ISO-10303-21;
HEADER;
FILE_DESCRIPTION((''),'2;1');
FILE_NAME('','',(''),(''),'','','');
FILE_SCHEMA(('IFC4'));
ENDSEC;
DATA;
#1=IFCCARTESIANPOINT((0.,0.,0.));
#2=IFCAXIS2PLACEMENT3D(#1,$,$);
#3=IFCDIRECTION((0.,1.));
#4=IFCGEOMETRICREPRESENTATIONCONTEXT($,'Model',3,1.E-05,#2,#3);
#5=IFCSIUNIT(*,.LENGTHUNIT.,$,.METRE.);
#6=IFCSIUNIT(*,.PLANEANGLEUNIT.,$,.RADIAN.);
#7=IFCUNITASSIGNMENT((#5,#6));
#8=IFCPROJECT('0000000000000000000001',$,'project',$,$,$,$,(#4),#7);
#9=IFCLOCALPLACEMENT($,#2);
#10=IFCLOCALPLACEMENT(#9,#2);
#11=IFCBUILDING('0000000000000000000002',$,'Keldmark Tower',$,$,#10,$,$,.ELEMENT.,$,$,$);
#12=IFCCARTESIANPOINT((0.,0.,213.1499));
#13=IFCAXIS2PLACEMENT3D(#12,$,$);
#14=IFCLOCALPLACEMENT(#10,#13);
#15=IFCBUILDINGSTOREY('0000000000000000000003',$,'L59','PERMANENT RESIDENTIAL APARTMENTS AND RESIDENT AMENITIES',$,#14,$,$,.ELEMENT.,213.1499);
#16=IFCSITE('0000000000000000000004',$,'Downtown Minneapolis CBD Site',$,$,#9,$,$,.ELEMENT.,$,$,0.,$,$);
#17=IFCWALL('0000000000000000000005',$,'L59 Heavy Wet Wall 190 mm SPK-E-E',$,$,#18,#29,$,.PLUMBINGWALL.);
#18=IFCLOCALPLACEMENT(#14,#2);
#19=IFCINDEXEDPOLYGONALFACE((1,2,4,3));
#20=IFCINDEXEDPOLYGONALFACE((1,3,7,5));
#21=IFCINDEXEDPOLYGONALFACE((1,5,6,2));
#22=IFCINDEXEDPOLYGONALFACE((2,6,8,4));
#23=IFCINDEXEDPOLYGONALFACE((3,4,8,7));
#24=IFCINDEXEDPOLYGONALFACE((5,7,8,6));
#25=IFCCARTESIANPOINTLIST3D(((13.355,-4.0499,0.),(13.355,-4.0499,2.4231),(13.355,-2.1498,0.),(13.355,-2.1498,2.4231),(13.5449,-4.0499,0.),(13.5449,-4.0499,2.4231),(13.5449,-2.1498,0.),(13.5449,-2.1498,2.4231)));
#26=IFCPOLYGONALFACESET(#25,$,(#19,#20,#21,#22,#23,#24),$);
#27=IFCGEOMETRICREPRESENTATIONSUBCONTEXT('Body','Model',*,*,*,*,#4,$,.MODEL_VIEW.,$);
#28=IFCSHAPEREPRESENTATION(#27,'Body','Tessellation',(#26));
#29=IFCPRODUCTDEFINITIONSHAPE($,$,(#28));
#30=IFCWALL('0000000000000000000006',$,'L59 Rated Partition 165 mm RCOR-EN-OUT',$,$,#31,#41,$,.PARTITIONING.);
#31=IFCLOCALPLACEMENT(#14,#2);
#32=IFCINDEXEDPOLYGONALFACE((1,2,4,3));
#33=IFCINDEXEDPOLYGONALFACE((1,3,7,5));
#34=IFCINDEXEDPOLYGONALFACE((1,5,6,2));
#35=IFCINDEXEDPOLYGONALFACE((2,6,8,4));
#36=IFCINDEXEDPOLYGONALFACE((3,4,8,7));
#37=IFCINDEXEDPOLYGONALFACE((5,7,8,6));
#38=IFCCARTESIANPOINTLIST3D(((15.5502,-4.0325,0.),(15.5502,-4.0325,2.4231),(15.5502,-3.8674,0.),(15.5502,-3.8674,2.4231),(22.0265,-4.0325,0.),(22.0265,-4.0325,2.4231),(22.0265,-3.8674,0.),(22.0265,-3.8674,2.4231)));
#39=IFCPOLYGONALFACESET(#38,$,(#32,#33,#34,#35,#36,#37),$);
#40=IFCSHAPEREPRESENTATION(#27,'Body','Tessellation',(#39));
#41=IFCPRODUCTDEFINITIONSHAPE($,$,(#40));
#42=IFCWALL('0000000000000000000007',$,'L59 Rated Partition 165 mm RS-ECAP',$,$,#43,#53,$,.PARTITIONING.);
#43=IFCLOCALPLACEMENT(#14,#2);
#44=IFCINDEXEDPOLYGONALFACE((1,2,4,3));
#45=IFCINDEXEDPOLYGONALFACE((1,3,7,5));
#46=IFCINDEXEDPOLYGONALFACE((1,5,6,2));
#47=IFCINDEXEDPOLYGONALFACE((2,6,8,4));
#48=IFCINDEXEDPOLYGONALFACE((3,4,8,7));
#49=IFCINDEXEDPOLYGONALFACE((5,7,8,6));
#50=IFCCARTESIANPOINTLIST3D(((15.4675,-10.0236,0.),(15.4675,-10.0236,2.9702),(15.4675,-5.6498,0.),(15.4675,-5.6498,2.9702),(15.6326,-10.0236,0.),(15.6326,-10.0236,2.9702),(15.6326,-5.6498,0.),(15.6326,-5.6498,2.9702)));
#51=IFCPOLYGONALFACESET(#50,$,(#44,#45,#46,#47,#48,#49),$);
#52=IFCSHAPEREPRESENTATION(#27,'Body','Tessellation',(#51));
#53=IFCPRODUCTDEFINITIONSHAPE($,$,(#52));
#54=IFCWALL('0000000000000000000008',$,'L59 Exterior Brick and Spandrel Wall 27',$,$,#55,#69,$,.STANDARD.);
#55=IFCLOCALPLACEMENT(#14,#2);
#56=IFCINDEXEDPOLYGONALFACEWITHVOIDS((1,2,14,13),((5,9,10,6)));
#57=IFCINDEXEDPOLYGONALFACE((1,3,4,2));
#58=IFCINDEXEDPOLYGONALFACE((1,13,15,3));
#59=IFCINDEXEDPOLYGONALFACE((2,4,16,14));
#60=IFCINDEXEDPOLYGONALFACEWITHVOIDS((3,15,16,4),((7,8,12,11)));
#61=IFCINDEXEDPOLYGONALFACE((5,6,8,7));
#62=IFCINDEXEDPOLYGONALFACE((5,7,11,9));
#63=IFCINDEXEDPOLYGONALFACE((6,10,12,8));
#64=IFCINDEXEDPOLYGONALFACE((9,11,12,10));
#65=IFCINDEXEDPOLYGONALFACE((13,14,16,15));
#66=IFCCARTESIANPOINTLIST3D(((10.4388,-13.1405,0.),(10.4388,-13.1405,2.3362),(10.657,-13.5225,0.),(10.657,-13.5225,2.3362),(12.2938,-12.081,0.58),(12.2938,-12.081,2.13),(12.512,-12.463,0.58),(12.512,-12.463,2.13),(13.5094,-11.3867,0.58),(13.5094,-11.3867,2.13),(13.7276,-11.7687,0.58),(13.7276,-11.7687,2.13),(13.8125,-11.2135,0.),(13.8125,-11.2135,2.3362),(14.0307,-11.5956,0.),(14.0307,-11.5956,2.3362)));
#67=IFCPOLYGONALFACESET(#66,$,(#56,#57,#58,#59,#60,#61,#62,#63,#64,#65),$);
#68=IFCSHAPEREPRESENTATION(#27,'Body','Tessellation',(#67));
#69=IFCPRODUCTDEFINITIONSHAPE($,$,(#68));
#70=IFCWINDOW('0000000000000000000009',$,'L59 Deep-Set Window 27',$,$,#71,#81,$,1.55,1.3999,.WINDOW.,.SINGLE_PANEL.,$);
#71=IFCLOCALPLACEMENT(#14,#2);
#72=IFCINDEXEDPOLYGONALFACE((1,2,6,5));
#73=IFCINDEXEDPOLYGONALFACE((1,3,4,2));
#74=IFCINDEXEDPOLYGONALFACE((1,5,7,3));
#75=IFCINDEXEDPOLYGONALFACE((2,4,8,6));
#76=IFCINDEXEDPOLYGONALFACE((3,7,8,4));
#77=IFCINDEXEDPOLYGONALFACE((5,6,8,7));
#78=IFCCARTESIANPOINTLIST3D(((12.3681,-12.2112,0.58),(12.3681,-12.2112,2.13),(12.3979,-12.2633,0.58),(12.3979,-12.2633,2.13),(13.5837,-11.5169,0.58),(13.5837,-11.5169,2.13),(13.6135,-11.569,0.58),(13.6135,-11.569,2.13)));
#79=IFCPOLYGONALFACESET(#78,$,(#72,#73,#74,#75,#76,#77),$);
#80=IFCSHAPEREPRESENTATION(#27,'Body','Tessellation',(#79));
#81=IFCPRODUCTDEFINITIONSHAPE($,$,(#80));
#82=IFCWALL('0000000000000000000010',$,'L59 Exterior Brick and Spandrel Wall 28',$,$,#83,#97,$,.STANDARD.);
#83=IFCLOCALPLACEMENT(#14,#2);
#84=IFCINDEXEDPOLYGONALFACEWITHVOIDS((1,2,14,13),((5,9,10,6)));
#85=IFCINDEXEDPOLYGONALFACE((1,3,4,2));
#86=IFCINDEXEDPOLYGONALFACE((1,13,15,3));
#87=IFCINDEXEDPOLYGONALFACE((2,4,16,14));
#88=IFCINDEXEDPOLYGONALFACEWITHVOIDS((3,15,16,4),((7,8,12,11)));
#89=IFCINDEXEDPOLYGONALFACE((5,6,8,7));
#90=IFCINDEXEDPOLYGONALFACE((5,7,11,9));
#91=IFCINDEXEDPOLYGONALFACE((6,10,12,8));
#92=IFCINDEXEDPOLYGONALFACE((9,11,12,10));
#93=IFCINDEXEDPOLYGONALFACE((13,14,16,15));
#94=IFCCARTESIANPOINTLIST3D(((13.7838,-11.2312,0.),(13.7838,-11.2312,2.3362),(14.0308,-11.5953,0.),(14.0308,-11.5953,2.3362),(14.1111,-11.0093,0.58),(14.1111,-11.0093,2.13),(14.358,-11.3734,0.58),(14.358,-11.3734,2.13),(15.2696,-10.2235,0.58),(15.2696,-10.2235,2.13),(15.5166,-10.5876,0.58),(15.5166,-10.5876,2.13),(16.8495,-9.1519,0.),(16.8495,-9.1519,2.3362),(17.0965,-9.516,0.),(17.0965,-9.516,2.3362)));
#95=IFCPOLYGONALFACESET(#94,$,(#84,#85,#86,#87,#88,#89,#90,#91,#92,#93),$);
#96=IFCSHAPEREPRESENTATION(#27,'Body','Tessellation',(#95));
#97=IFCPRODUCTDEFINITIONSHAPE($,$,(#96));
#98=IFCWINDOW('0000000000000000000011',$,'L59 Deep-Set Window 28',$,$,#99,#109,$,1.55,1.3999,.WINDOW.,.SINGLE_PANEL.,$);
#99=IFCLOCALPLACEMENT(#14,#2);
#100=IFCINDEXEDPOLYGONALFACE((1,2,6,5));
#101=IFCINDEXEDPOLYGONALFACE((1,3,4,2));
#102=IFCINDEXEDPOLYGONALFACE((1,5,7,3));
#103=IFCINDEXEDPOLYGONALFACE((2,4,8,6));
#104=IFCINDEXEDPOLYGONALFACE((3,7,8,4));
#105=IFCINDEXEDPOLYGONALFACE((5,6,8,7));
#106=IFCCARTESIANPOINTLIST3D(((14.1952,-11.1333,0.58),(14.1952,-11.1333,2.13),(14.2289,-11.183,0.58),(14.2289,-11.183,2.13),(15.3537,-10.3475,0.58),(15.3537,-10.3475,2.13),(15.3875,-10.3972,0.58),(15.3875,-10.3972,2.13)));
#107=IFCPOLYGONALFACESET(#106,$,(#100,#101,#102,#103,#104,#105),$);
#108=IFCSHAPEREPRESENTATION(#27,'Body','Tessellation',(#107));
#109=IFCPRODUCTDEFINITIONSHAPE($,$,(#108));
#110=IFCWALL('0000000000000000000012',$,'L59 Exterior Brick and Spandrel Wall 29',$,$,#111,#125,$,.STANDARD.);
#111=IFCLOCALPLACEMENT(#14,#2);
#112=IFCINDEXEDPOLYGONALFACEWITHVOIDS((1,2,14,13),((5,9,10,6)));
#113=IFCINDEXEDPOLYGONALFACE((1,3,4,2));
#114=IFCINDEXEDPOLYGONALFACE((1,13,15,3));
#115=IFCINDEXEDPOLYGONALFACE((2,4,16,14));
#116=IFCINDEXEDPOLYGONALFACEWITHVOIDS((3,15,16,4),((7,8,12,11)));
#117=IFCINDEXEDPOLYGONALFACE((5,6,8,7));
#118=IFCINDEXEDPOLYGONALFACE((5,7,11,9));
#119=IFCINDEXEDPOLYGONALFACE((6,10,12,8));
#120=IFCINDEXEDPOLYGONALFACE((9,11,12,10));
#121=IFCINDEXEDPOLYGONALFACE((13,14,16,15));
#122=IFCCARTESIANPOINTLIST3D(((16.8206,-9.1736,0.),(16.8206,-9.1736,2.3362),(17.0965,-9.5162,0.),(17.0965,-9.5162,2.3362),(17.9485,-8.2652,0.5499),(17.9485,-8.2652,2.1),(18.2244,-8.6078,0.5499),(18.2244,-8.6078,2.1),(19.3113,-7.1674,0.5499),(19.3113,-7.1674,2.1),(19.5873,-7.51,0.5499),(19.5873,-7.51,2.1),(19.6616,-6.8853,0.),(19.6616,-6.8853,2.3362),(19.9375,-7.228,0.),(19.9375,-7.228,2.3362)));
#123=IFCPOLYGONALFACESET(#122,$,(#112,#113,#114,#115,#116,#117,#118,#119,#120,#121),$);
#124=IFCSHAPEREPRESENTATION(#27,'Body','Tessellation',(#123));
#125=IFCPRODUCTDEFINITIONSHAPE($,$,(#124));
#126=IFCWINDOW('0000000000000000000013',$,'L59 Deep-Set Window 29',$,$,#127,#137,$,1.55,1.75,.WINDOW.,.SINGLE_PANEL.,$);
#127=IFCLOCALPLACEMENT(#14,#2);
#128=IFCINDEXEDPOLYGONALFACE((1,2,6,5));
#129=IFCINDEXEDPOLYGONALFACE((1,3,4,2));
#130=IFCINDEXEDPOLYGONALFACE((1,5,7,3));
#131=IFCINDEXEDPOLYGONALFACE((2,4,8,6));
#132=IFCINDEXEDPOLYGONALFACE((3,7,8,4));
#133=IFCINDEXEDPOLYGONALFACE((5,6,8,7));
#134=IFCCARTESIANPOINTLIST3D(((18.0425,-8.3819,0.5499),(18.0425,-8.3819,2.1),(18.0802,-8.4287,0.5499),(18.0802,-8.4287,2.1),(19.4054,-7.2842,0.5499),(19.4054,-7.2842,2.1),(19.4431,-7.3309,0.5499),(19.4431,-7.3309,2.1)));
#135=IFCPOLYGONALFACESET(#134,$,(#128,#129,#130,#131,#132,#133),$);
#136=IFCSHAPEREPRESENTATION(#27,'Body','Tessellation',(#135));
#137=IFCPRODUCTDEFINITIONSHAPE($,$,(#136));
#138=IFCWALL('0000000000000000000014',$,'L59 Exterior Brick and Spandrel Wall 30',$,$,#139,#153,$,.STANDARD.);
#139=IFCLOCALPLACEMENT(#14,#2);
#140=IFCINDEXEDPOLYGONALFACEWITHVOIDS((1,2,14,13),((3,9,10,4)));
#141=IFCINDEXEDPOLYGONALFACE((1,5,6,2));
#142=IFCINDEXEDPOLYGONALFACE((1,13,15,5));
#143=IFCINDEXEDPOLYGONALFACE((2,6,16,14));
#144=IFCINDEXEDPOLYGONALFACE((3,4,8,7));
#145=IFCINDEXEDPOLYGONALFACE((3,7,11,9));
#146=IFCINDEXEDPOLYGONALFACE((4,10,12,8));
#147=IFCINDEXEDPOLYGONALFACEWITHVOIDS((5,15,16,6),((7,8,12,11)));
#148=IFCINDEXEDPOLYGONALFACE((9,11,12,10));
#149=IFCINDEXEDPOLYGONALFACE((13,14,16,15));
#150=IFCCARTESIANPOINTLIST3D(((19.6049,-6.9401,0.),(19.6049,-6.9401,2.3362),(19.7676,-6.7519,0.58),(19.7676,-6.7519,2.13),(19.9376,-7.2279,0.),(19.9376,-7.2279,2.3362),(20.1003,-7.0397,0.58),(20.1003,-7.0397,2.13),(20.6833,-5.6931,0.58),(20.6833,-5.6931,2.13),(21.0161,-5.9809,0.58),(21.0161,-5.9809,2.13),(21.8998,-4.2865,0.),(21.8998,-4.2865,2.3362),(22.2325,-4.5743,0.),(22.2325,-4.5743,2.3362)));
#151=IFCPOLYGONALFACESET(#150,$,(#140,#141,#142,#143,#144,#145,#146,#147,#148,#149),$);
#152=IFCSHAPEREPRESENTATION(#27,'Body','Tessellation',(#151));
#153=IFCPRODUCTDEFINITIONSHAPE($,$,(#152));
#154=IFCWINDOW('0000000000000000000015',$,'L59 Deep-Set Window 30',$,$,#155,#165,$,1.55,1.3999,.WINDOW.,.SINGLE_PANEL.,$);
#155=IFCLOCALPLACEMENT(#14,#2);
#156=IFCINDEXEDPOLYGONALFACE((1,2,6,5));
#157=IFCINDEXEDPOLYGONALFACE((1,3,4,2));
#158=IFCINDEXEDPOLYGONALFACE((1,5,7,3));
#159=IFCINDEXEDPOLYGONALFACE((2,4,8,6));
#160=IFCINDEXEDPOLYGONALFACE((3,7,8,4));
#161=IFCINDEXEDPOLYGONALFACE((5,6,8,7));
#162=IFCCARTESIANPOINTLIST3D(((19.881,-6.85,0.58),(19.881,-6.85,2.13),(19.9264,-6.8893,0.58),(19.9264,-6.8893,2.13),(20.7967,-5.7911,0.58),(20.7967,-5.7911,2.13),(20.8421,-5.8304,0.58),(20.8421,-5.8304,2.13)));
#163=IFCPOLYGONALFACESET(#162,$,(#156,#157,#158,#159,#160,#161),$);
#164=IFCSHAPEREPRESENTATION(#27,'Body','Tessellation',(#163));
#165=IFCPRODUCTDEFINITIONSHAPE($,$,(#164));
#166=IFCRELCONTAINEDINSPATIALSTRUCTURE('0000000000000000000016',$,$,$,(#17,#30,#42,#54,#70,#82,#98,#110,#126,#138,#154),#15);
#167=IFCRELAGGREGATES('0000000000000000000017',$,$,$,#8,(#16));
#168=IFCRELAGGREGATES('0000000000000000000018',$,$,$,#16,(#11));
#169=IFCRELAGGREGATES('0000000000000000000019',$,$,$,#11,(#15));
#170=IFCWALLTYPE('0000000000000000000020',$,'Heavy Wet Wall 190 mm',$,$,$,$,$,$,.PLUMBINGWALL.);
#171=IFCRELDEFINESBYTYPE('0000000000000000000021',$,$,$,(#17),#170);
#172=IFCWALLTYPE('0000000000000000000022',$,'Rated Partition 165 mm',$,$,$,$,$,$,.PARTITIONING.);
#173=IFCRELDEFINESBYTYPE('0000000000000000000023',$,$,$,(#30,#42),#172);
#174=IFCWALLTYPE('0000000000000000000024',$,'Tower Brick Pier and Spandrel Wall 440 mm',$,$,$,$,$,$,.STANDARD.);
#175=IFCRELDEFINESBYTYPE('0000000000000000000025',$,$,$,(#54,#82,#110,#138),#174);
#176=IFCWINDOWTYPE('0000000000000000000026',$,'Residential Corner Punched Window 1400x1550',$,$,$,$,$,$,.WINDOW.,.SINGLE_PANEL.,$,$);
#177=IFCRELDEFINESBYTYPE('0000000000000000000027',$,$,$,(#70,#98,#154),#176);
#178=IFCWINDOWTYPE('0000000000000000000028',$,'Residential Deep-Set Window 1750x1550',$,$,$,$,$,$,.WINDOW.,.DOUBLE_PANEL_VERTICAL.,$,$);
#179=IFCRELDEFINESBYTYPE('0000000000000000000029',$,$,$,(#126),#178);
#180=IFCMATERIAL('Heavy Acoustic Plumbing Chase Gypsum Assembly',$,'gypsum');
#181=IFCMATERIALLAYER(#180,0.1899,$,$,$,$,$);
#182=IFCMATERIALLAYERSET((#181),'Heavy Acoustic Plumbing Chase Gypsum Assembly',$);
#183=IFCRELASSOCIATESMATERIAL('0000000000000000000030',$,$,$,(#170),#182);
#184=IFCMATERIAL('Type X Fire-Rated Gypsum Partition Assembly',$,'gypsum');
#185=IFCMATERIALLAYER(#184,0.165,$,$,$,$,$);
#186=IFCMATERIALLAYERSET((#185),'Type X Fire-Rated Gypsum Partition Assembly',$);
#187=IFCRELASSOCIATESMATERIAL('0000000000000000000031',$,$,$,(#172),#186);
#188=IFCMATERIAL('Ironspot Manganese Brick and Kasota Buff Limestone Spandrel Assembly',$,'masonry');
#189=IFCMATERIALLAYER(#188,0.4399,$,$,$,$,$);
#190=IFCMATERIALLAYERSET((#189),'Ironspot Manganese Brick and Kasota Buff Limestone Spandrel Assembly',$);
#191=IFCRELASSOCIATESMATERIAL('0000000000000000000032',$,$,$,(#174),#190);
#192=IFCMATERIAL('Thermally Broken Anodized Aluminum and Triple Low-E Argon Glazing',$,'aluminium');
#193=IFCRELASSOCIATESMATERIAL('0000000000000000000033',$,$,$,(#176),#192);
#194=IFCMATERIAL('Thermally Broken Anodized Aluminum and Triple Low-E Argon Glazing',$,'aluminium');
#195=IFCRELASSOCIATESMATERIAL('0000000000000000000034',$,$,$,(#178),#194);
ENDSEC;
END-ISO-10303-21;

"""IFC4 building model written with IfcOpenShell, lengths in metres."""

from ifc_helpers import new_model, si_unit, direction, frame, frame_2d, origin, place, context, subcontext, project, spatial, rectangle, extrude, material, layer, layer_set, type_object, element, fill, save


model = new_model("IFC4")

# Units and contexts
model_context = context("Model", 3, precision=1e-05, world=origin(), true_north=direction((0.0, 1.0)))
body_context = subcontext(model_context, "Body", "Model", "MODEL_VIEW")
ifc_project = project(units=[si_unit("LENGTHUNIT", "METRE"), si_unit("PLANEANGLEUNIT", "RADIAN")], contexts=[model_context])

# Site, building, storey
site_placement = place(None, origin())
site = spatial("IfcSite", under=ifc_project, at=site_placement, Name="Downtown Minneapolis CBD Site", CompositionType="ELEMENT", RefElevation=0.0)
building_placement = place(site_placement, origin())
building = spatial("IfcBuilding", under=site, at=building_placement, Name="Keldmark Tower", CompositionType="ELEMENT")
storey_placement = place(building_placement, frame((0.0, 0.0, 213.1499)))
storey = spatial("IfcBuildingStorey", under=building, at=storey_placement, Name="L59", Description="PERMANENT RESIDENTIAL APARTMENTS AND RESIDENT AMENITIES", CompositionType="ELEMENT", Elevation=213.1499)

# Walls
ifc_material_1 = material(Name="Heavy Acoustic Plumbing Chase Gypsum Assembly", Category="gypsum")
ifc_layer_1 = layer(ifc_material_1, 0.1899)
ifc_layer_set_1 = layer_set([ifc_layer_1], Name="Heavy Acoustic Plumbing Chase Gypsum Assembly")
wall_type_1 = type_object("IfcWallType", Name="Heavy Wet Wall 190 mm", PredefinedType="PLUMBINGWALL", material=ifc_layer_set_1)
wall_1_placement = place(storey_placement, frame((13.45, -4.05, 0.0), z_axis=(0.0, 0.0, 1.0), x_axis=(0.0, 1.0, 0.0)))
element("IfcWall", 1, at=wall_1_placement, inside=storey, type_object=wall_type_1, Name="L59 Heavy Wet Wall 190 mm SPK-E-E", PredefinedType="PLUMBINGWALL", context=body_context, shape_type="SweptSolid", body=[
    extrude(rectangle(XDim=1.9001, YDim=0.1899, at=frame_2d((0.9502, 0.0))), origin(), (0.0, 0.0, 1.0), 2.4231),
])
ifc_material_2 = material(Name="Type X Fire-Rated Gypsum Partition Assembly", Category="gypsum")
ifc_layer_2 = layer(ifc_material_2, 0.165)
ifc_layer_set_2 = layer_set([ifc_layer_2], Name="Type X Fire-Rated Gypsum Partition Assembly")
wall_type_2 = type_object("IfcWallType", Name="Rated Partition 165 mm", PredefinedType="PARTITIONING", material=ifc_layer_set_2)
wall_2_placement = place(storey_placement, frame((15.55, -3.95, 0.0), z_axis=(0.0, 0.0, 1.0), x_axis=(1.0, 0.0, 0.0)))
element("IfcWall", 2, at=wall_2_placement, inside=storey, type_object=wall_type_2, Name="L59 Rated Partition 165 mm RCOR-EN-OUT", PredefinedType="PARTITIONING", context=body_context, shape_type="SweptSolid", body=[
    extrude(rectangle(XDim=6.4763, YDim=0.165, at=frame_2d((3.2383, 0.0))), origin(), (0.0, 0.0, 1.0), 2.4231),
])

# Wall
wall_3_placement = place(storey_placement, frame((15.55, -10.0237, 0.0), z_axis=(0.0, 0.0, 1.0), x_axis=(0.0, 1.0, 0.0)))
element("IfcWall", 3, at=wall_3_placement, inside=storey, type_object=wall_type_2, Name="L59 Rated Partition 165 mm RS-ECAP", PredefinedType="PARTITIONING", context=body_context, shape_type="SweptSolid", body=[
    extrude(rectangle(XDim=4.3738, YDim=0.165, at=frame_2d((2.187, 0.0))), origin(), (0.0, 0.0, 1.0), 2.9702),
])

# Walls, openings, windows
ifc_material_3 = material(Name="Ironspot Manganese Brick and Kasota Buff Limestone Spandrel Assembly", Category="masonry")
ifc_layer_3 = layer(ifc_material_3, 0.4399)
ifc_layer_set_3 = layer_set([ifc_layer_3], Name="Ironspot Manganese Brick and Kasota Buff Limestone Spandrel Assembly")
wall_type_3 = type_object("IfcWallType", Name="Tower Brick Pier and Spandrel Wall 440 mm", PredefinedType="STANDARD", material=ifc_layer_set_3)
wall_4_placement = place(storey_placement, frame((13.9216, -11.4045, 0.0), z_axis=(0.0, 0.0, 1.0), x_axis=(-0.86834, -0.49597, 0.0)))
wall_4 = element("IfcWall", 4, at=wall_4_placement, inside=storey, type_object=wall_type_3, Name="L59 Exterior Brick and Spandrel Wall 27", PredefinedType="STANDARD", context=body_context, shape_type="SweptSolid", body=[
    extrude(rectangle(XDim=3.8853, YDim=0.4399, at=frame_2d((1.9426, 0.0))), origin(), (0.0, 0.0, 1.0), 2.3362),
])
opening_1_placement = place(wall_4_placement, frame((0.3491, 0.0, 0.5801)))
opening_1 = element("IfcOpeningElement", 5, at=opening_1_placement, cuts=wall_4, PredefinedType="OPENING", context=body_context, shape_type="SweptSolid", body=[
    extrude(rectangle(XDim=1.3999, YDim=1.55, at=frame_2d((0.7, 0.7749))), frame((0.0, 0.23, 0.0), z_axis=(0.0, -1.0, 0.0), x_axis=(1.0, 0.0, 0.0)), (0.0, 0.0, 1.0), 0.46),
])
ifc_material_4 = material(Name="Thermally Broken Anodized Aluminum and Triple Low-E Argon Glazing", Category="aluminium")
window_type_1 = type_object("IfcWindowType", Name="Residential Corner Punched Window 1400x1550", PartitioningType="SINGLE_PANEL", PredefinedType="WINDOW", material=ifc_material_4)
window_1_placement = place(opening_1_placement, origin())
window_1 = element("IfcWindow", 6, at=window_1_placement, inside=storey, type_object=window_type_1, Name="L59 Deep-Set Window 27", OverallHeight=1.55, OverallWidth=1.3999, PartitioningType="SINGLE_PANEL", PredefinedType="WINDOW", context=body_context, shape_type="SweptSolid", body=[
    extrude(rectangle(XDim=1.3999, YDim=1.55, at=frame_2d((0.7, 0.7749))), frame((0.0, -0.01, 0.0), z_axis=(0.0, -1.0, 0.0), x_axis=(1.0, 0.0, 0.0)), (0.0, 0.0, 1.0), 0.0601),
])
fill(opening_1, window_1)
wall_5_placement = place(storey_placement, frame((16.9729, -9.334, 0.0), z_axis=(0.0, 0.0, 1.0), x_axis=(-0.827593, -0.561329, 0.0)))
wall_5 = element("IfcWall", 7, at=wall_5_placement, inside=storey, type_object=wall_type_3, Name="L59 Exterior Brick and Spandrel Wall 28", PredefinedType="STANDARD", context=body_context, shape_type="SweptSolid", body=[
    extrude(rectangle(XDim=3.7043, YDim=0.4399, at=frame_2d((1.8521, 0.0))), origin(), (0.0, 0.0, 1.0), 2.3362),
])
opening_2_placement = place(wall_5_placement, frame((1.9089, 0.0, 0.5801)))
opening_2 = element("IfcOpeningElement", 8, at=opening_2_placement, cuts=wall_5, PredefinedType="OPENING", context=body_context, shape_type="SweptSolid", body=[
    extrude(rectangle(XDim=1.3999, YDim=1.55, at=frame_2d((0.7, 0.7749))), frame((0.0, 0.23, 0.0), z_axis=(0.0, -1.0, 0.0), x_axis=(1.0, 0.0, 0.0)), (0.0, 0.0, 1.0), 0.46),
])
window_2_placement = place(opening_2_placement, origin())
window_2 = element("IfcWindow", 9, at=window_2_placement, inside=storey, type_object=window_type_1, Name="L59 Deep-Set Window 28", OverallHeight=1.55, OverallWidth=1.3999, PartitioningType="SINGLE_PANEL", PredefinedType="WINDOW", context=body_context, shape_type="SweptSolid", body=[
    extrude(rectangle(XDim=1.3999, YDim=1.55, at=frame_2d((0.7, 0.7749))), frame((0.0, -0.01, 0.0), z_axis=(0.0, -1.0, 0.0), x_axis=(1.0, 0.0, 0.0)), (0.0, 0.0, 1.0), 0.0601),
])
fill(opening_2, window_2)
wall_6_placement = place(storey_placement, frame((19.7996, -7.0566, 0.0), z_axis=(0.0, 0.0, 1.0), x_axis=(-0.778795, -0.627279, 0.0)))
wall_6 = element("IfcWall", 10, at=wall_6_placement, inside=storey, type_object=wall_type_3, Name="L59 Exterior Brick and Spandrel Wall 29", PredefinedType="STANDARD", context=body_context, shape_type="SweptSolid", body=[
    extrude(rectangle(XDim=3.6479, YDim=0.4399, at=frame_2d((1.824, 0.0))), origin(), (0.0, 0.0, 1.0), 2.3362),
])
opening_3_placement = place(wall_6_placement, frame((0.4497, 0.0, 0.55)))
opening_3 = element("IfcOpeningElement", 11, at=opening_3_placement, cuts=wall_6, PredefinedType="OPENING", context=body_context, shape_type="SweptSolid", body=[
    extrude(rectangle(XDim=1.75, YDim=1.55, at=frame_2d((0.875, 0.7749))), frame((0.0, 0.23, 0.0), z_axis=(0.0, -1.0, 0.0), x_axis=(1.0, 0.0, 0.0)), (0.0, 0.0, 1.0), 0.46),
])
ifc_material_5 = material(Name="Thermally Broken Anodized Aluminum and Triple Low-E Argon Glazing", Category="aluminium")
window_type_2 = type_object("IfcWindowType", Name="Residential Deep-Set Window 1750x1550", PartitioningType="DOUBLE_PANEL_VERTICAL", PredefinedType="WINDOW", material=ifc_material_5)
window_3_placement = place(opening_3_placement, origin())
window_3 = element("IfcWindow", 12, at=window_3_placement, inside=storey, type_object=window_type_2, Name="L59 Deep-Set Window 29", OverallHeight=1.55, OverallWidth=1.75, PartitioningType="SINGLE_PANEL", PredefinedType="WINDOW", context=body_context, shape_type="SweptSolid", body=[
    extrude(rectangle(XDim=1.75, YDim=1.55, at=frame_2d((0.875, 0.7749))), frame((0.0, -0.01, 0.0), z_axis=(0.0, -1.0, 0.0), x_axis=(1.0, 0.0, 0.0)), (0.0, 0.0, 1.0), 0.0601),
])
fill(opening_3, window_3)
wall_7_placement = place(storey_placement, frame((22.0662, -4.4304, 0.0), z_axis=(0.0, 0.0, 1.0), x_axis=(-0.654143, -0.756371, 0.0)))
wall_7 = element("IfcWall", 13, at=wall_7_placement, inside=storey, type_object=wall_type_3, Name="L59 Exterior Brick and Spandrel Wall 30", PredefinedType="STANDARD", context=body_context, shape_type="SweptSolid", body=[
    extrude(rectangle(XDim=3.5083, YDim=0.4399, at=frame_2d((1.7542, 0.0))), origin(), (0.0, 0.0, 1.0), 2.3362),
])
opening_4_placement = place(wall_7_placement, frame((1.8596, 0.0, 0.5801)))
opening_4 = element("IfcOpeningElement", 14, at=opening_4_placement, cuts=wall_7, PredefinedType="OPENING", context=body_context, shape_type="SweptSolid", body=[
    extrude(rectangle(XDim=1.3999, YDim=1.55, at=frame_2d((0.7, 0.7749))), frame((0.0, 0.23, 0.0), z_axis=(0.0, -1.0, 0.0), x_axis=(1.0, 0.0, 0.0)), (0.0, 0.0, 1.0), 0.46),
])
window_4_placement = place(opening_4_placement, origin())
window_4 = element("IfcWindow", 15, at=window_4_placement, inside=storey, type_object=window_type_1, Name="L59 Deep-Set Window 30", OverallHeight=1.55, OverallWidth=1.3999, PartitioningType="SINGLE_PANEL", PredefinedType="WINDOW", context=body_context, shape_type="SweptSolid", body=[
    extrude(rectangle(XDim=1.3999, YDim=1.55, at=frame_2d((0.7, 0.7749))), frame((0.0, -0.01, 0.0), z_axis=(0.0, -1.0, 0.0), x_axis=(1.0, 0.0, 0.0)), (0.0, 0.0, 1.0), 0.0601),
])
fill(opening_4, window_4)

save(model, "model.ifc")
